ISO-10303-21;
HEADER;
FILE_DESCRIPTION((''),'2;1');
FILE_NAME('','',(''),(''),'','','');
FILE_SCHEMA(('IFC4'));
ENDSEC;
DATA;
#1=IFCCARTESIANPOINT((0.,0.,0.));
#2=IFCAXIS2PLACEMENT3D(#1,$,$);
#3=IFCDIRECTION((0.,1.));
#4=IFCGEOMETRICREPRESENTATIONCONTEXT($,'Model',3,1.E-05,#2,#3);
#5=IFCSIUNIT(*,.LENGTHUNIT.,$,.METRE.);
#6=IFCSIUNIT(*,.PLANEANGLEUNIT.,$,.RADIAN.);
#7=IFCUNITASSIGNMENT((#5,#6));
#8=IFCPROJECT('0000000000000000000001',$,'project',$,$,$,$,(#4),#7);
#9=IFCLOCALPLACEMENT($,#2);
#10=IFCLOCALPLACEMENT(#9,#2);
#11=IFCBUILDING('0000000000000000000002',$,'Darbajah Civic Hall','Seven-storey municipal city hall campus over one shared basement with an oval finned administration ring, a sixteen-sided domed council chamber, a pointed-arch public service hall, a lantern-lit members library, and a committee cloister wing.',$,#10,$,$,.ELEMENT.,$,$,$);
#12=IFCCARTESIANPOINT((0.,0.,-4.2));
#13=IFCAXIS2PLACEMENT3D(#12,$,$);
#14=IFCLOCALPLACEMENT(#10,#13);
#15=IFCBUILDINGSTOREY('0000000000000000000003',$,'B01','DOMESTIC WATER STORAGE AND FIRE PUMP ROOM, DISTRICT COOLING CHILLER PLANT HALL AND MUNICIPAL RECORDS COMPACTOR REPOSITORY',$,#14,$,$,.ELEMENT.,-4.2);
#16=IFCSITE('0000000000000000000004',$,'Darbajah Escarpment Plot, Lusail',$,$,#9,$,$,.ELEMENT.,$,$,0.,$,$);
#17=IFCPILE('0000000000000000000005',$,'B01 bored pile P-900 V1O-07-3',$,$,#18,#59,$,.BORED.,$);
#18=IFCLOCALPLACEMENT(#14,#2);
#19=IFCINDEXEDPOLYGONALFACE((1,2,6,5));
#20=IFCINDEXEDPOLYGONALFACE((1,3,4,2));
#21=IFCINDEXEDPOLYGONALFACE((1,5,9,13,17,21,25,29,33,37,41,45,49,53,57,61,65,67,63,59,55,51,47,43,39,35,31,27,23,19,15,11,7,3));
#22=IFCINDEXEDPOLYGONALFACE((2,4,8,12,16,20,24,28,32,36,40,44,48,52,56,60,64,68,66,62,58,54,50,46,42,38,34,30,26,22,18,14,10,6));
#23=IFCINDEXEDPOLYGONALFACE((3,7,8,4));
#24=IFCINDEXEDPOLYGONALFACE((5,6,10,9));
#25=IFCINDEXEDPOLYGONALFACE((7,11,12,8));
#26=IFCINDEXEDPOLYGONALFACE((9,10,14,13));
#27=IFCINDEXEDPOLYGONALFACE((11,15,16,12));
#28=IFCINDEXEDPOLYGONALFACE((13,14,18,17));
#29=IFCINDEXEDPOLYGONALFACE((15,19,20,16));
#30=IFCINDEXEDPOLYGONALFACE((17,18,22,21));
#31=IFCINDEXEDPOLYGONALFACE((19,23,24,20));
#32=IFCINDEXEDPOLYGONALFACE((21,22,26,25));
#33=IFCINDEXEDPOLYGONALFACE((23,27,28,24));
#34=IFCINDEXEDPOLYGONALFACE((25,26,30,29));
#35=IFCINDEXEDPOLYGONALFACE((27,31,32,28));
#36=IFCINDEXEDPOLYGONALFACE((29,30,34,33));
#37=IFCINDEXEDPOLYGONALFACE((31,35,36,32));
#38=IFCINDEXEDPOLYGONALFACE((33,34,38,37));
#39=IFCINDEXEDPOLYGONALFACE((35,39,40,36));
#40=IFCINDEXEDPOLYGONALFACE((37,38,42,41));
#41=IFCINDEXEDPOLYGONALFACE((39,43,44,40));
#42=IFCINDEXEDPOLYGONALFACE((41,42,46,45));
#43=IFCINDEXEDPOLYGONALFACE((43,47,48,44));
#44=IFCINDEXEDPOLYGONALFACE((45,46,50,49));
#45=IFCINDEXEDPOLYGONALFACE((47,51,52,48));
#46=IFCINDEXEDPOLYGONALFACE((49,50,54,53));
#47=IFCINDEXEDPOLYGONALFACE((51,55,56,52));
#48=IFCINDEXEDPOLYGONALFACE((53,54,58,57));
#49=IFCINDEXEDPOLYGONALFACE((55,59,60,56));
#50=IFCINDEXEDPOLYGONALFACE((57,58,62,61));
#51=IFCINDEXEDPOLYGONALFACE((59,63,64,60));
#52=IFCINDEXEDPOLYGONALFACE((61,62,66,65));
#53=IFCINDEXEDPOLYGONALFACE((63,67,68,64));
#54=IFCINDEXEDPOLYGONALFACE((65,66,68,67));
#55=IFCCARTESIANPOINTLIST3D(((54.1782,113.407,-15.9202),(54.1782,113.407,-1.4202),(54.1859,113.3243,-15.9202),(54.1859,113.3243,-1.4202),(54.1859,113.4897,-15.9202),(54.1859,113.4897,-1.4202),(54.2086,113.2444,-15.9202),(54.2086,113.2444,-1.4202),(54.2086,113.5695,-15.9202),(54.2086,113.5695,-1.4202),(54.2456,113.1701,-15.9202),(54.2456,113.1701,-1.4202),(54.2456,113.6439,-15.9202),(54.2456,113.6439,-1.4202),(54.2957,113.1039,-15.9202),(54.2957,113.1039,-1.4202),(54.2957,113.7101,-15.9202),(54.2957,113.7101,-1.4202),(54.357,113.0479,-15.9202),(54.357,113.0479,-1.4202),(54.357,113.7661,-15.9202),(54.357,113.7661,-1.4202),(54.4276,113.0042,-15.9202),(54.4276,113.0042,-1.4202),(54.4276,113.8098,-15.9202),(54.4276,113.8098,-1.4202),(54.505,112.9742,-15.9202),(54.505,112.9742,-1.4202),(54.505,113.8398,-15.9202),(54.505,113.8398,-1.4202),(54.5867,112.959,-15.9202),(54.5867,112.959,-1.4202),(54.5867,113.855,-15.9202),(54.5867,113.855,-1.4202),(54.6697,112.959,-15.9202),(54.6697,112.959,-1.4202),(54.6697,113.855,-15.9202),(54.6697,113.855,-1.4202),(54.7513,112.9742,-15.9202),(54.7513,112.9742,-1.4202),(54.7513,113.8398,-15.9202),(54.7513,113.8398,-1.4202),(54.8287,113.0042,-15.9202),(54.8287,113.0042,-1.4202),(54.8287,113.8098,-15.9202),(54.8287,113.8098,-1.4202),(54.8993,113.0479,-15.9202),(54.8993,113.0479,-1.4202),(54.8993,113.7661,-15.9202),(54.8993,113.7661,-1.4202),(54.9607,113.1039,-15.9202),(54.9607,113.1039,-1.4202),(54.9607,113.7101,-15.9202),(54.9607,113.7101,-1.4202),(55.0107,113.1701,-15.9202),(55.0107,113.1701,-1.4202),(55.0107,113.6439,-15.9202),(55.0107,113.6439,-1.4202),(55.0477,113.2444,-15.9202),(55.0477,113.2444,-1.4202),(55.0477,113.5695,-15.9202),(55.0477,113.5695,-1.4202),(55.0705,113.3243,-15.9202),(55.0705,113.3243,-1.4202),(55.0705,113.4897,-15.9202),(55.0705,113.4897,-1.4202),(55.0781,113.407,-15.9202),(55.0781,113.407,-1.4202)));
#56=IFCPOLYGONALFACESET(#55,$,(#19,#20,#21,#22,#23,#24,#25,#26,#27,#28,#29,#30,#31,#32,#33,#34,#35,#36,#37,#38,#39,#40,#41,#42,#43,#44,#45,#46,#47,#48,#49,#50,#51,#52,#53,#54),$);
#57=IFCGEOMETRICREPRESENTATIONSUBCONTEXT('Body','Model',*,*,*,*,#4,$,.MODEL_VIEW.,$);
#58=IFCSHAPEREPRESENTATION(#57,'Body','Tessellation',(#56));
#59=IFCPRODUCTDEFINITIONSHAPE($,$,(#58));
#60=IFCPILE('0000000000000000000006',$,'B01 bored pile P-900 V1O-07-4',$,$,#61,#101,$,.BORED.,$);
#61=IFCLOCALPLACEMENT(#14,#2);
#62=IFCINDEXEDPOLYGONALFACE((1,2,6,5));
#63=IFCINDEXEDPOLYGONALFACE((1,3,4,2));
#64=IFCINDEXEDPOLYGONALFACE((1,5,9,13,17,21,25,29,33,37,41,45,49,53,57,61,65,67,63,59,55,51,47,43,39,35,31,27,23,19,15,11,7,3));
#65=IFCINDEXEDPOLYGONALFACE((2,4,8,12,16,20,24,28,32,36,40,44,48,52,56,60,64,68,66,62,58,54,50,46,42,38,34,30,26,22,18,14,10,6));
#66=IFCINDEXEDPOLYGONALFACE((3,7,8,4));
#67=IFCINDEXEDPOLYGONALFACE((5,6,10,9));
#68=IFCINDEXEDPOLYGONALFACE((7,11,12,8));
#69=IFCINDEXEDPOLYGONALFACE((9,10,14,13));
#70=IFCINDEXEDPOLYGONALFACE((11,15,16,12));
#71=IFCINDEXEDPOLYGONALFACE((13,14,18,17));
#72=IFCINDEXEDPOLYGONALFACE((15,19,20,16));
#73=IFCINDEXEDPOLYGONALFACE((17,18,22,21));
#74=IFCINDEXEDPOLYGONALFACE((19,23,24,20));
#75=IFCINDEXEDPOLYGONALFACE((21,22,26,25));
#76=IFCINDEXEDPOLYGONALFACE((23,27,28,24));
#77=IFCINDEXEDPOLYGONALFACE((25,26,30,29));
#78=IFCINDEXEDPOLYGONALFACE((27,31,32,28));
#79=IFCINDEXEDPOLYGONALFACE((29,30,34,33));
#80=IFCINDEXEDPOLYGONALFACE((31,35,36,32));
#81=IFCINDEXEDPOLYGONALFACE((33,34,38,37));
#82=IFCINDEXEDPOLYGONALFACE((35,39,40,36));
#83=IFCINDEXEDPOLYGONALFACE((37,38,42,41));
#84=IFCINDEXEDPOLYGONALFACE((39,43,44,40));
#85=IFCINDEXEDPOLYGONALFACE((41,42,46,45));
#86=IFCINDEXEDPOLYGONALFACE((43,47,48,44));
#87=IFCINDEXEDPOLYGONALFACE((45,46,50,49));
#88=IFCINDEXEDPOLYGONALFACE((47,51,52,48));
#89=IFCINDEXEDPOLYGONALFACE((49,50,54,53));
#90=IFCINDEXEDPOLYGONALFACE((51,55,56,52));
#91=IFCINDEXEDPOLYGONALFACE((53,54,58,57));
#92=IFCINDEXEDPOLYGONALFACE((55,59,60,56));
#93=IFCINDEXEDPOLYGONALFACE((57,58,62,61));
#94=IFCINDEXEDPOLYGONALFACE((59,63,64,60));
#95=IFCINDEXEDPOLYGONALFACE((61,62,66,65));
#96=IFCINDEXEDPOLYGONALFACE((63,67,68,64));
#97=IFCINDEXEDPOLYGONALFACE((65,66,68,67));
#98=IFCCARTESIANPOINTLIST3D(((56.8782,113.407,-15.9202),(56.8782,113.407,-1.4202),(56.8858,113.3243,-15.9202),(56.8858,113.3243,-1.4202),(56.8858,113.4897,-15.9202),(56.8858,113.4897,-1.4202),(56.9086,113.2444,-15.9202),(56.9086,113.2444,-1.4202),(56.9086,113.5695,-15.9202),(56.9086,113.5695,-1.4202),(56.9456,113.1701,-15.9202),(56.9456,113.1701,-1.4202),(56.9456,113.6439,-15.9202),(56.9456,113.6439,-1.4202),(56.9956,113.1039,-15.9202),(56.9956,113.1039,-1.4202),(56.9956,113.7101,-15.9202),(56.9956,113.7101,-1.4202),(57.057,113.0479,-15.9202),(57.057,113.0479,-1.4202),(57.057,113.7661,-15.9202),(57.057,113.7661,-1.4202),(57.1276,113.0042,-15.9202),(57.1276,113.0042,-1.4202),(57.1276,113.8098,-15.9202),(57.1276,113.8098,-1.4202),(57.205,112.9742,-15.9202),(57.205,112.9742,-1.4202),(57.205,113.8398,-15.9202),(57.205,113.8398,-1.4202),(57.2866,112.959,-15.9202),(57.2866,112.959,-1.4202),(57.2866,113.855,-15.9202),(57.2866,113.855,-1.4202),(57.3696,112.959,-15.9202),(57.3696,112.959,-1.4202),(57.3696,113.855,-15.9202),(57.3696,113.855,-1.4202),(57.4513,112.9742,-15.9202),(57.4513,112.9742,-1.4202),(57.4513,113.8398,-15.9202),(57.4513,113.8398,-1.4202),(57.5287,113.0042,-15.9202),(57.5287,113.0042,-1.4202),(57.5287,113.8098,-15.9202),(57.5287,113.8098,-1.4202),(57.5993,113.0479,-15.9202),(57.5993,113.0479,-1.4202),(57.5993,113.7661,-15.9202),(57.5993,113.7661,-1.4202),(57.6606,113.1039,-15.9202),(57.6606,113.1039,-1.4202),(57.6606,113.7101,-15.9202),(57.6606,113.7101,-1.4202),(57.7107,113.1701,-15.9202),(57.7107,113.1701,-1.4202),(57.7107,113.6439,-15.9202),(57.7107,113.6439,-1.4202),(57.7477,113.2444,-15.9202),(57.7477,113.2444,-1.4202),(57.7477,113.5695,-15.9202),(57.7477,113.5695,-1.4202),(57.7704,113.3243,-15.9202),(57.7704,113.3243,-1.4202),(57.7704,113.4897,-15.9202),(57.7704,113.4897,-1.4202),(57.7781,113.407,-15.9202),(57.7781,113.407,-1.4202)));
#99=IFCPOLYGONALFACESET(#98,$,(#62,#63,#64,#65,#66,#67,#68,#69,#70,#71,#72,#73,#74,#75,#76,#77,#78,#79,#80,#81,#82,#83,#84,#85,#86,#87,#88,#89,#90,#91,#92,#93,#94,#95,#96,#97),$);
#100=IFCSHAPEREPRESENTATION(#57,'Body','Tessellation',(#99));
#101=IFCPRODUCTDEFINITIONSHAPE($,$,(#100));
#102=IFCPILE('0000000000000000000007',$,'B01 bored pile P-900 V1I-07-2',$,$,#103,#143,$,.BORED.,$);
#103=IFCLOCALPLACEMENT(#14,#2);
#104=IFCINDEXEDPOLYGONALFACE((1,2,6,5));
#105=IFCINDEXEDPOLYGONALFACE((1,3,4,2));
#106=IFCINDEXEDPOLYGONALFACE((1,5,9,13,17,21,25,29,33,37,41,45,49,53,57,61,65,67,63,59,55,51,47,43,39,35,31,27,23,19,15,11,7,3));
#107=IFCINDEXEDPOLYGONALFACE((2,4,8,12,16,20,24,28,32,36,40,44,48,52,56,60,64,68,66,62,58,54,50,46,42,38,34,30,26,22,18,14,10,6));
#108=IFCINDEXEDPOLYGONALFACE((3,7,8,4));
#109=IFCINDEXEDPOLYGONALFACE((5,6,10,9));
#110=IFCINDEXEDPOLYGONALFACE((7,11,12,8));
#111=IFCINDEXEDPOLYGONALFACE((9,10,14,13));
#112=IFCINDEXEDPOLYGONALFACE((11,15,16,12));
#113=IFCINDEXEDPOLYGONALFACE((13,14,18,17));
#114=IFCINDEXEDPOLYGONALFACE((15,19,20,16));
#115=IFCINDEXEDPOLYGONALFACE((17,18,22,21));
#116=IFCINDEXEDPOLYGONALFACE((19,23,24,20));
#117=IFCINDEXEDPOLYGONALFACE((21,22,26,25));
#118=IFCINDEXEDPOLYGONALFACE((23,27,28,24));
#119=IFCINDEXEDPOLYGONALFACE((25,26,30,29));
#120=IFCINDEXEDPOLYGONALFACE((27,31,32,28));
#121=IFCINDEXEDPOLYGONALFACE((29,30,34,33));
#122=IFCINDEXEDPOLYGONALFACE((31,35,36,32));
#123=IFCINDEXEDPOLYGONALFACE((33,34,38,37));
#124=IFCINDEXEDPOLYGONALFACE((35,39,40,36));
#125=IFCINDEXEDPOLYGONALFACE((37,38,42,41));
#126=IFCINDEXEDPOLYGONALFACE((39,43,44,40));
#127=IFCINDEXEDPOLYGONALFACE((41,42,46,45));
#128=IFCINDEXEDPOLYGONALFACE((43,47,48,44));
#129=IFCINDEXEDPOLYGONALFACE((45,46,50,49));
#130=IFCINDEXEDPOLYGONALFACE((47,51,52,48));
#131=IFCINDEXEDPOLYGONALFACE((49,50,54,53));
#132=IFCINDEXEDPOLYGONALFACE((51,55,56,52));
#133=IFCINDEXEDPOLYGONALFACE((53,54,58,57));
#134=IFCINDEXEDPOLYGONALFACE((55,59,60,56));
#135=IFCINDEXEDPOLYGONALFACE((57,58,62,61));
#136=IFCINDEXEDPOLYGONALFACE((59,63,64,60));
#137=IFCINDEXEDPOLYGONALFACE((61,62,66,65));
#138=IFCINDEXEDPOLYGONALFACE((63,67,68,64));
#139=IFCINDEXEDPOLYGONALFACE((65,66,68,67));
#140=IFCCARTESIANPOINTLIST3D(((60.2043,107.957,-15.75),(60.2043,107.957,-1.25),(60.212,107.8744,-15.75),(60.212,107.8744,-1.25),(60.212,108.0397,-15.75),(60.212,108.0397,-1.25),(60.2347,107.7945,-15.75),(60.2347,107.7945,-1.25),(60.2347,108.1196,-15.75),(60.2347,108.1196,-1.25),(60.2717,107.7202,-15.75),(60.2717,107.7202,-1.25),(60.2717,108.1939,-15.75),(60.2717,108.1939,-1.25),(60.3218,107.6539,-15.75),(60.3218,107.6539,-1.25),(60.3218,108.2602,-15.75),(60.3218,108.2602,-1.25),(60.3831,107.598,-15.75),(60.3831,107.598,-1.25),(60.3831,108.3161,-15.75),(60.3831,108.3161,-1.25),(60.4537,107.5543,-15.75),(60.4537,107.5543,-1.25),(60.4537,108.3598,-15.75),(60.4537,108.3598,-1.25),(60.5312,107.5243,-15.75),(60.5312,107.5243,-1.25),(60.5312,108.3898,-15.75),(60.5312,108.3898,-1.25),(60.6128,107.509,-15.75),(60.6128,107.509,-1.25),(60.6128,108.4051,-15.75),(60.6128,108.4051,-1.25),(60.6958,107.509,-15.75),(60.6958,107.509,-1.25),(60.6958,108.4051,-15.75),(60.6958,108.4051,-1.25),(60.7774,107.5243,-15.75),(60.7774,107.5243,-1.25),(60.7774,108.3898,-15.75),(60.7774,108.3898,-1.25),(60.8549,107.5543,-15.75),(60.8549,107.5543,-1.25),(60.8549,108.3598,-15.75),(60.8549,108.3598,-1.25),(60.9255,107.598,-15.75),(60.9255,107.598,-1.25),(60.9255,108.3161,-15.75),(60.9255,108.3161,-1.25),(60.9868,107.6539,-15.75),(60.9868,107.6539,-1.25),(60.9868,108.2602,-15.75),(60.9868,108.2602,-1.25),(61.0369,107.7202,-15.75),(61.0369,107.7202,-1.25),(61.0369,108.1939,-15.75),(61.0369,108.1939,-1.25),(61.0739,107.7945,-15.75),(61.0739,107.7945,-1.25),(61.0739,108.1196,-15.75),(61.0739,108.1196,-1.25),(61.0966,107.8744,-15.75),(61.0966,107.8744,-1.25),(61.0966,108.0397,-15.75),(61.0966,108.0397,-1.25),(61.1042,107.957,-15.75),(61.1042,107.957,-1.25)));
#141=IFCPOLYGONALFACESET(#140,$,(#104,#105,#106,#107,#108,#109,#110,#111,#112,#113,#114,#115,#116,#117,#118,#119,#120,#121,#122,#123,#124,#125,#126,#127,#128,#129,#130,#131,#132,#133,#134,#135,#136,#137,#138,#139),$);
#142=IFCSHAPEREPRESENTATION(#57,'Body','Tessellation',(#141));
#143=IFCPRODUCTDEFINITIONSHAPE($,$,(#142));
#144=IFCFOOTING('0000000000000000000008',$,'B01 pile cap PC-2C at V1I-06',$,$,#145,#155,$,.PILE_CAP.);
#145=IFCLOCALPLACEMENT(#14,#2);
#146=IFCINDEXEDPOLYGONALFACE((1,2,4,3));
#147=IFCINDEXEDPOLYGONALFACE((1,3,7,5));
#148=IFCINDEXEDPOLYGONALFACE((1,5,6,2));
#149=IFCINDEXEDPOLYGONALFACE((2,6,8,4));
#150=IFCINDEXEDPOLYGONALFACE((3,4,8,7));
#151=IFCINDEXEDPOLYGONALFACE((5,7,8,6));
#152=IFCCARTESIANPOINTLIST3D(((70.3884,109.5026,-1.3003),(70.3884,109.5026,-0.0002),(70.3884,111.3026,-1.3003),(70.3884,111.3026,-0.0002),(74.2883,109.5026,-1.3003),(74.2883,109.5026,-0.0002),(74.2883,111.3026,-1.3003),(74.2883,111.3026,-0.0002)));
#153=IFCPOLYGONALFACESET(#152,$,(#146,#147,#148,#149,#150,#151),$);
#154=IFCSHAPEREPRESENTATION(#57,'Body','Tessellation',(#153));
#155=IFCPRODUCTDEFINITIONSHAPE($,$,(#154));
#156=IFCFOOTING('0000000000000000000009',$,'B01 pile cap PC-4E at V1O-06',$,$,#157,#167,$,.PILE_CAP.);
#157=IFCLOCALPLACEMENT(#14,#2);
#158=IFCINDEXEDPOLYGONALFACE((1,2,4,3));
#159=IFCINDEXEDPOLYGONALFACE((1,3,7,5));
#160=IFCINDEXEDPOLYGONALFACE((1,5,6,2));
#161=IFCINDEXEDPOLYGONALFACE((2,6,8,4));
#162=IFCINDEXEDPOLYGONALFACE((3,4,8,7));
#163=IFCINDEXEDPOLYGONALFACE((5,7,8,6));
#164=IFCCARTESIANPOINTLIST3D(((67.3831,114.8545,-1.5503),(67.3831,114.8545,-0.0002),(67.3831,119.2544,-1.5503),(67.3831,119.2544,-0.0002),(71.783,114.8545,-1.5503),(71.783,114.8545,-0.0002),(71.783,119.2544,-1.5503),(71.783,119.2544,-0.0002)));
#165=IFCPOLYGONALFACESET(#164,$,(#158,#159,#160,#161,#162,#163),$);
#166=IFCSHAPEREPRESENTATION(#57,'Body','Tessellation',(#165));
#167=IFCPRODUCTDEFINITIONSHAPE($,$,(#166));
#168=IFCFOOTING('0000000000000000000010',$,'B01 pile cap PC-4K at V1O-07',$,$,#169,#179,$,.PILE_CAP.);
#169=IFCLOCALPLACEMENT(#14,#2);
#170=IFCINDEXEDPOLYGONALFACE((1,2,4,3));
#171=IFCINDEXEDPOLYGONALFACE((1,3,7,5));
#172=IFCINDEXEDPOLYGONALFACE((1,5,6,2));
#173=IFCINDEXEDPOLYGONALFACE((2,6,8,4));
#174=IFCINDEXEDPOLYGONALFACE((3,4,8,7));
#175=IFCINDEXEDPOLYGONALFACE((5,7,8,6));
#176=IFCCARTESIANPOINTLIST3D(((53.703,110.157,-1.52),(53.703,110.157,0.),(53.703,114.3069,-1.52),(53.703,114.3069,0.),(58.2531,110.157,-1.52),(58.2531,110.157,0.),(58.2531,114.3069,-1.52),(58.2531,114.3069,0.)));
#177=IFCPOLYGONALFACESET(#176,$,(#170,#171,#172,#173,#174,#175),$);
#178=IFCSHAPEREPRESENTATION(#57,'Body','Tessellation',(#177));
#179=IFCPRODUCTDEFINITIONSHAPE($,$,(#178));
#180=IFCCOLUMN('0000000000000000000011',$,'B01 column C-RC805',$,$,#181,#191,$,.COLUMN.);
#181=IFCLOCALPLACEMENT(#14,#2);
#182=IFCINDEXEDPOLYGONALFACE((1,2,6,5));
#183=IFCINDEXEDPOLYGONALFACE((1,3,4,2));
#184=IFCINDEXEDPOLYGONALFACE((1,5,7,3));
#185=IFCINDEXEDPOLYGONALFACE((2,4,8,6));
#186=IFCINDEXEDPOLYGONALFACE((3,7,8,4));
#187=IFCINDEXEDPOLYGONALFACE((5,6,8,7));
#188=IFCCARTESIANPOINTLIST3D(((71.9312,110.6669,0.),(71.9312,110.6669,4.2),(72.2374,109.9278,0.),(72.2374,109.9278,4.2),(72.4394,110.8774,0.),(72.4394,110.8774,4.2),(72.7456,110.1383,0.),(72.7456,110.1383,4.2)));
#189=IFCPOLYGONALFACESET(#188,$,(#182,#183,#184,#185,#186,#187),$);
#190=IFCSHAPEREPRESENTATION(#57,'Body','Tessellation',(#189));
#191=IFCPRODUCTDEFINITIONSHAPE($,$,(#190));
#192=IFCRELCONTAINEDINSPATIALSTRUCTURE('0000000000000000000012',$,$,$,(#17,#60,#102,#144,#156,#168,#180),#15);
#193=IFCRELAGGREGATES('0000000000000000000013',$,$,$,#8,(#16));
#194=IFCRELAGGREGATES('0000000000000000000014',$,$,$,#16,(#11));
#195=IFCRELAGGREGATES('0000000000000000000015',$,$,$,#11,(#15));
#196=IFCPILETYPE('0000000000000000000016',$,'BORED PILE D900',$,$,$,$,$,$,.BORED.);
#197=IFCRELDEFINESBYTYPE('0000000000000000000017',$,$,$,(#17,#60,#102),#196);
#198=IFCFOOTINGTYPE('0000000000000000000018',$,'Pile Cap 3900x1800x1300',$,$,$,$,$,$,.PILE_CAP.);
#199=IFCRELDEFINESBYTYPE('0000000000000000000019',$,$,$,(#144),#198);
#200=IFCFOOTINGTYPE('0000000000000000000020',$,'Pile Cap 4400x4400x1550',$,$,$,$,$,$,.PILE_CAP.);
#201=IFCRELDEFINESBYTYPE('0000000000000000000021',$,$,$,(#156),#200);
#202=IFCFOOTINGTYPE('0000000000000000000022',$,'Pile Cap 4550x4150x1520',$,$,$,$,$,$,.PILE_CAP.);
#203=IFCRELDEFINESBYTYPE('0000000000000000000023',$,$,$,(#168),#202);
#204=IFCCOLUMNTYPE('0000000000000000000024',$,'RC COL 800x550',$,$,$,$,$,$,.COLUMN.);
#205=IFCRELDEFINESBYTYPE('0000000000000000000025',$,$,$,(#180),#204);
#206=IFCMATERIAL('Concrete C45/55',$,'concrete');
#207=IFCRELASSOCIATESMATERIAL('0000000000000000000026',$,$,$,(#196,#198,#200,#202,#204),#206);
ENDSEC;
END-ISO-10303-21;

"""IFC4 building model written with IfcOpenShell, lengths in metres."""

from ifc_helpers import new_model, si_unit, direction, frame, origin, origin_2d, place, context, subcontext, project, spatial, rectangle, circle, extrude, material, material_profile, profile_set, type_object, element, save


model = new_model("IFC4")

# Units and contexts
model_context = context("Model", 3, precision=1e-05, world=origin(), true_north=direction((0.0, 1.0)))
body_context = subcontext(model_context, "Body", "Model", "MODEL_VIEW")
ifc_project = project(units=[si_unit("LENGTHUNIT", "METRE"), si_unit("PLANEANGLEUNIT", "RADIAN")], contexts=[model_context])

# Site, building, storey
site_placement = place(None, origin())
site = spatial("IfcSite", under=ifc_project, at=site_placement, Name="Darbajah Escarpment Plot, Lusail", CompositionType="ELEMENT", RefElevation=0.0)
building_placement = place(site_placement, origin())
building = spatial("IfcBuilding", under=site, at=building_placement, Name="Darbajah Civic Hall", Description="Seven-storey municipal city hall campus over one shared basement with an oval finned administration ring, a sixteen-sided domed council chamber, a pointed-arch public service hall, a lantern-lit members library, and a committee cloister wing.", CompositionType="ELEMENT")
storey_placement = place(building_placement, frame((0.0, 0.0, -4.2)))
storey = spatial("IfcBuildingStorey", under=building, at=storey_placement, Name="B01", Description="DOMESTIC WATER STORAGE AND FIRE PUMP ROOM, DISTRICT COOLING CHILLER PLANT HALL AND MUNICIPAL RECORDS COMPACTOR REPOSITORY", CompositionType="ELEMENT", Elevation=-4.2)

# Piles
ifc_material_1 = material(Name="Concrete C45/55", Category="concrete")
ifc_material_profile_1 = material_profile(ifc_material_1, circle(Radius=0.45, at=origin_2d()), Name="BORED PILE D900")
ifc_profile_set_1 = profile_set([ifc_material_profile_1], Name="Concrete C45/55")
pile_type_1 = type_object("IfcPileType", Name="BORED PILE D900", PredefinedType="BORED", material=ifc_profile_set_1)
for number, where, z_axis, x_axis, name in (
    (1, (54.6282, 113.407, -1.4202), (0.0, 0.0, -1.0), (1.0, 0.0, 0.0), "B01 bored pile P-900 V1O-07-3"),
    (2, (57.3281, 113.407, -1.4202), (0.0, 0.0, -1.0), (1.0, 0.0, 0.0), "B01 bored pile P-900 V1O-07-4"),
    (3, (60.6543, 107.957, -1.25), (0.0, 0.0, -1.0), (1.0, 0.0, 0.0), "B01 bored pile P-900 V1I-07-2"),
):
    element("IfcPile", number, at=place(storey_placement, frame(where, z_axis=z_axis, x_axis=x_axis)), inside=storey, type_object=pile_type_1, Name=name, PredefinedType="BORED", context=body_context, shape_type="SweptSolid", body=[
        extrude(circle(Radius=0.45, at=origin_2d()), origin(), (0.0, 0.0, 1.0), 14.5),
    ])

# Footings
footing_type_1 = type_object("IfcFootingType", Name="Pile Cap 3900x1800x1300", PredefinedType="PILE_CAP", material=ifc_material_1)
footing_1_placement = place(storey_placement, frame((72.3384, 110.4026, -1.3003), z_axis=(0.0, 0.0, 1.0), x_axis=(1.0, 0.0, 0.0)))
element("IfcFooting", 4, at=footing_1_placement, inside=storey, type_object=footing_type_1, Name="B01 pile cap PC-2C at V1I-06", PredefinedType="PILE_CAP", context=body_context, shape_type="SweptSolid", body=[
    extrude(rectangle(XDim=3.8999, YDim=1.8, at=origin_2d()), origin(), (0.0, 0.0, 1.0), 1.3),
])
footing_type_2 = type_object("IfcFootingType", Name="Pile Cap 4400x4400x1550", PredefinedType="PILE_CAP", material=ifc_material_1)
footing_2_placement = place(storey_placement, frame((69.583, 117.0544, -1.5503), z_axis=(0.0, 0.0, 1.0), x_axis=(1.0, 0.0, 0.0)))
element("IfcFooting", 5, at=footing_2_placement, inside=storey, type_object=footing_type_2, Name="B01 pile cap PC-4E at V1O-06", PredefinedType="PILE_CAP", context=body_context, shape_type="SweptSolid", body=[
    extrude(rectangle(XDim=4.3999, YDim=4.3999, at=origin_2d()), origin(), (0.0, 0.0, 1.0), 1.55),
])
footing_type_3 = type_object("IfcFootingType", Name="Pile Cap 4550x4150x1520", PredefinedType="PILE_CAP", material=ifc_material_1)
footing_3_placement = place(storey_placement, frame((55.978, 112.2319, -1.52), z_axis=(0.0, 0.0, 1.0), x_axis=(1.0, 0.0, 0.0)))
element("IfcFooting", 6, at=footing_3_placement, inside=storey, type_object=footing_type_3, Name="B01 pile cap PC-4K at V1O-07", PredefinedType="PILE_CAP", context=body_context, shape_type="SweptSolid", body=[
    extrude(rectangle(XDim=4.55, YDim=4.1499, at=origin_2d()), origin(), (0.0, 0.0, 1.0), 1.52),
])

# Column
ifc_material_profile_2 = material_profile(ifc_material_1, rectangle(XDim=0.8, YDim=0.55, at=origin_2d()), Name="RC COL 800x550")
ifc_profile_set_2 = profile_set([ifc_material_profile_2], Name="Concrete C45/55")
column_type_1 = type_object("IfcColumnType", Name="RC COL 800x550", PredefinedType="COLUMN", material=ifc_profile_set_2)
column_placement = place(storey_placement, frame((72.3384, 110.4026, 0.0), z_axis=(0.0, 0.0, 1.0), x_axis=(-0.382683, 0.92388, 0.0)))
element("IfcColumn", 7, at=column_placement, inside=storey, type_object=column_type_1, Name="B01 column C-RC805", PredefinedType="COLUMN", context=body_context, shape_type="SweptSolid", body=[
    extrude(rectangle(XDim=0.8, YDim=0.55, at=origin_2d()), origin(), (0.0, 0.0, 1.0), 4.2),
])

save(model, "model.ifc")
